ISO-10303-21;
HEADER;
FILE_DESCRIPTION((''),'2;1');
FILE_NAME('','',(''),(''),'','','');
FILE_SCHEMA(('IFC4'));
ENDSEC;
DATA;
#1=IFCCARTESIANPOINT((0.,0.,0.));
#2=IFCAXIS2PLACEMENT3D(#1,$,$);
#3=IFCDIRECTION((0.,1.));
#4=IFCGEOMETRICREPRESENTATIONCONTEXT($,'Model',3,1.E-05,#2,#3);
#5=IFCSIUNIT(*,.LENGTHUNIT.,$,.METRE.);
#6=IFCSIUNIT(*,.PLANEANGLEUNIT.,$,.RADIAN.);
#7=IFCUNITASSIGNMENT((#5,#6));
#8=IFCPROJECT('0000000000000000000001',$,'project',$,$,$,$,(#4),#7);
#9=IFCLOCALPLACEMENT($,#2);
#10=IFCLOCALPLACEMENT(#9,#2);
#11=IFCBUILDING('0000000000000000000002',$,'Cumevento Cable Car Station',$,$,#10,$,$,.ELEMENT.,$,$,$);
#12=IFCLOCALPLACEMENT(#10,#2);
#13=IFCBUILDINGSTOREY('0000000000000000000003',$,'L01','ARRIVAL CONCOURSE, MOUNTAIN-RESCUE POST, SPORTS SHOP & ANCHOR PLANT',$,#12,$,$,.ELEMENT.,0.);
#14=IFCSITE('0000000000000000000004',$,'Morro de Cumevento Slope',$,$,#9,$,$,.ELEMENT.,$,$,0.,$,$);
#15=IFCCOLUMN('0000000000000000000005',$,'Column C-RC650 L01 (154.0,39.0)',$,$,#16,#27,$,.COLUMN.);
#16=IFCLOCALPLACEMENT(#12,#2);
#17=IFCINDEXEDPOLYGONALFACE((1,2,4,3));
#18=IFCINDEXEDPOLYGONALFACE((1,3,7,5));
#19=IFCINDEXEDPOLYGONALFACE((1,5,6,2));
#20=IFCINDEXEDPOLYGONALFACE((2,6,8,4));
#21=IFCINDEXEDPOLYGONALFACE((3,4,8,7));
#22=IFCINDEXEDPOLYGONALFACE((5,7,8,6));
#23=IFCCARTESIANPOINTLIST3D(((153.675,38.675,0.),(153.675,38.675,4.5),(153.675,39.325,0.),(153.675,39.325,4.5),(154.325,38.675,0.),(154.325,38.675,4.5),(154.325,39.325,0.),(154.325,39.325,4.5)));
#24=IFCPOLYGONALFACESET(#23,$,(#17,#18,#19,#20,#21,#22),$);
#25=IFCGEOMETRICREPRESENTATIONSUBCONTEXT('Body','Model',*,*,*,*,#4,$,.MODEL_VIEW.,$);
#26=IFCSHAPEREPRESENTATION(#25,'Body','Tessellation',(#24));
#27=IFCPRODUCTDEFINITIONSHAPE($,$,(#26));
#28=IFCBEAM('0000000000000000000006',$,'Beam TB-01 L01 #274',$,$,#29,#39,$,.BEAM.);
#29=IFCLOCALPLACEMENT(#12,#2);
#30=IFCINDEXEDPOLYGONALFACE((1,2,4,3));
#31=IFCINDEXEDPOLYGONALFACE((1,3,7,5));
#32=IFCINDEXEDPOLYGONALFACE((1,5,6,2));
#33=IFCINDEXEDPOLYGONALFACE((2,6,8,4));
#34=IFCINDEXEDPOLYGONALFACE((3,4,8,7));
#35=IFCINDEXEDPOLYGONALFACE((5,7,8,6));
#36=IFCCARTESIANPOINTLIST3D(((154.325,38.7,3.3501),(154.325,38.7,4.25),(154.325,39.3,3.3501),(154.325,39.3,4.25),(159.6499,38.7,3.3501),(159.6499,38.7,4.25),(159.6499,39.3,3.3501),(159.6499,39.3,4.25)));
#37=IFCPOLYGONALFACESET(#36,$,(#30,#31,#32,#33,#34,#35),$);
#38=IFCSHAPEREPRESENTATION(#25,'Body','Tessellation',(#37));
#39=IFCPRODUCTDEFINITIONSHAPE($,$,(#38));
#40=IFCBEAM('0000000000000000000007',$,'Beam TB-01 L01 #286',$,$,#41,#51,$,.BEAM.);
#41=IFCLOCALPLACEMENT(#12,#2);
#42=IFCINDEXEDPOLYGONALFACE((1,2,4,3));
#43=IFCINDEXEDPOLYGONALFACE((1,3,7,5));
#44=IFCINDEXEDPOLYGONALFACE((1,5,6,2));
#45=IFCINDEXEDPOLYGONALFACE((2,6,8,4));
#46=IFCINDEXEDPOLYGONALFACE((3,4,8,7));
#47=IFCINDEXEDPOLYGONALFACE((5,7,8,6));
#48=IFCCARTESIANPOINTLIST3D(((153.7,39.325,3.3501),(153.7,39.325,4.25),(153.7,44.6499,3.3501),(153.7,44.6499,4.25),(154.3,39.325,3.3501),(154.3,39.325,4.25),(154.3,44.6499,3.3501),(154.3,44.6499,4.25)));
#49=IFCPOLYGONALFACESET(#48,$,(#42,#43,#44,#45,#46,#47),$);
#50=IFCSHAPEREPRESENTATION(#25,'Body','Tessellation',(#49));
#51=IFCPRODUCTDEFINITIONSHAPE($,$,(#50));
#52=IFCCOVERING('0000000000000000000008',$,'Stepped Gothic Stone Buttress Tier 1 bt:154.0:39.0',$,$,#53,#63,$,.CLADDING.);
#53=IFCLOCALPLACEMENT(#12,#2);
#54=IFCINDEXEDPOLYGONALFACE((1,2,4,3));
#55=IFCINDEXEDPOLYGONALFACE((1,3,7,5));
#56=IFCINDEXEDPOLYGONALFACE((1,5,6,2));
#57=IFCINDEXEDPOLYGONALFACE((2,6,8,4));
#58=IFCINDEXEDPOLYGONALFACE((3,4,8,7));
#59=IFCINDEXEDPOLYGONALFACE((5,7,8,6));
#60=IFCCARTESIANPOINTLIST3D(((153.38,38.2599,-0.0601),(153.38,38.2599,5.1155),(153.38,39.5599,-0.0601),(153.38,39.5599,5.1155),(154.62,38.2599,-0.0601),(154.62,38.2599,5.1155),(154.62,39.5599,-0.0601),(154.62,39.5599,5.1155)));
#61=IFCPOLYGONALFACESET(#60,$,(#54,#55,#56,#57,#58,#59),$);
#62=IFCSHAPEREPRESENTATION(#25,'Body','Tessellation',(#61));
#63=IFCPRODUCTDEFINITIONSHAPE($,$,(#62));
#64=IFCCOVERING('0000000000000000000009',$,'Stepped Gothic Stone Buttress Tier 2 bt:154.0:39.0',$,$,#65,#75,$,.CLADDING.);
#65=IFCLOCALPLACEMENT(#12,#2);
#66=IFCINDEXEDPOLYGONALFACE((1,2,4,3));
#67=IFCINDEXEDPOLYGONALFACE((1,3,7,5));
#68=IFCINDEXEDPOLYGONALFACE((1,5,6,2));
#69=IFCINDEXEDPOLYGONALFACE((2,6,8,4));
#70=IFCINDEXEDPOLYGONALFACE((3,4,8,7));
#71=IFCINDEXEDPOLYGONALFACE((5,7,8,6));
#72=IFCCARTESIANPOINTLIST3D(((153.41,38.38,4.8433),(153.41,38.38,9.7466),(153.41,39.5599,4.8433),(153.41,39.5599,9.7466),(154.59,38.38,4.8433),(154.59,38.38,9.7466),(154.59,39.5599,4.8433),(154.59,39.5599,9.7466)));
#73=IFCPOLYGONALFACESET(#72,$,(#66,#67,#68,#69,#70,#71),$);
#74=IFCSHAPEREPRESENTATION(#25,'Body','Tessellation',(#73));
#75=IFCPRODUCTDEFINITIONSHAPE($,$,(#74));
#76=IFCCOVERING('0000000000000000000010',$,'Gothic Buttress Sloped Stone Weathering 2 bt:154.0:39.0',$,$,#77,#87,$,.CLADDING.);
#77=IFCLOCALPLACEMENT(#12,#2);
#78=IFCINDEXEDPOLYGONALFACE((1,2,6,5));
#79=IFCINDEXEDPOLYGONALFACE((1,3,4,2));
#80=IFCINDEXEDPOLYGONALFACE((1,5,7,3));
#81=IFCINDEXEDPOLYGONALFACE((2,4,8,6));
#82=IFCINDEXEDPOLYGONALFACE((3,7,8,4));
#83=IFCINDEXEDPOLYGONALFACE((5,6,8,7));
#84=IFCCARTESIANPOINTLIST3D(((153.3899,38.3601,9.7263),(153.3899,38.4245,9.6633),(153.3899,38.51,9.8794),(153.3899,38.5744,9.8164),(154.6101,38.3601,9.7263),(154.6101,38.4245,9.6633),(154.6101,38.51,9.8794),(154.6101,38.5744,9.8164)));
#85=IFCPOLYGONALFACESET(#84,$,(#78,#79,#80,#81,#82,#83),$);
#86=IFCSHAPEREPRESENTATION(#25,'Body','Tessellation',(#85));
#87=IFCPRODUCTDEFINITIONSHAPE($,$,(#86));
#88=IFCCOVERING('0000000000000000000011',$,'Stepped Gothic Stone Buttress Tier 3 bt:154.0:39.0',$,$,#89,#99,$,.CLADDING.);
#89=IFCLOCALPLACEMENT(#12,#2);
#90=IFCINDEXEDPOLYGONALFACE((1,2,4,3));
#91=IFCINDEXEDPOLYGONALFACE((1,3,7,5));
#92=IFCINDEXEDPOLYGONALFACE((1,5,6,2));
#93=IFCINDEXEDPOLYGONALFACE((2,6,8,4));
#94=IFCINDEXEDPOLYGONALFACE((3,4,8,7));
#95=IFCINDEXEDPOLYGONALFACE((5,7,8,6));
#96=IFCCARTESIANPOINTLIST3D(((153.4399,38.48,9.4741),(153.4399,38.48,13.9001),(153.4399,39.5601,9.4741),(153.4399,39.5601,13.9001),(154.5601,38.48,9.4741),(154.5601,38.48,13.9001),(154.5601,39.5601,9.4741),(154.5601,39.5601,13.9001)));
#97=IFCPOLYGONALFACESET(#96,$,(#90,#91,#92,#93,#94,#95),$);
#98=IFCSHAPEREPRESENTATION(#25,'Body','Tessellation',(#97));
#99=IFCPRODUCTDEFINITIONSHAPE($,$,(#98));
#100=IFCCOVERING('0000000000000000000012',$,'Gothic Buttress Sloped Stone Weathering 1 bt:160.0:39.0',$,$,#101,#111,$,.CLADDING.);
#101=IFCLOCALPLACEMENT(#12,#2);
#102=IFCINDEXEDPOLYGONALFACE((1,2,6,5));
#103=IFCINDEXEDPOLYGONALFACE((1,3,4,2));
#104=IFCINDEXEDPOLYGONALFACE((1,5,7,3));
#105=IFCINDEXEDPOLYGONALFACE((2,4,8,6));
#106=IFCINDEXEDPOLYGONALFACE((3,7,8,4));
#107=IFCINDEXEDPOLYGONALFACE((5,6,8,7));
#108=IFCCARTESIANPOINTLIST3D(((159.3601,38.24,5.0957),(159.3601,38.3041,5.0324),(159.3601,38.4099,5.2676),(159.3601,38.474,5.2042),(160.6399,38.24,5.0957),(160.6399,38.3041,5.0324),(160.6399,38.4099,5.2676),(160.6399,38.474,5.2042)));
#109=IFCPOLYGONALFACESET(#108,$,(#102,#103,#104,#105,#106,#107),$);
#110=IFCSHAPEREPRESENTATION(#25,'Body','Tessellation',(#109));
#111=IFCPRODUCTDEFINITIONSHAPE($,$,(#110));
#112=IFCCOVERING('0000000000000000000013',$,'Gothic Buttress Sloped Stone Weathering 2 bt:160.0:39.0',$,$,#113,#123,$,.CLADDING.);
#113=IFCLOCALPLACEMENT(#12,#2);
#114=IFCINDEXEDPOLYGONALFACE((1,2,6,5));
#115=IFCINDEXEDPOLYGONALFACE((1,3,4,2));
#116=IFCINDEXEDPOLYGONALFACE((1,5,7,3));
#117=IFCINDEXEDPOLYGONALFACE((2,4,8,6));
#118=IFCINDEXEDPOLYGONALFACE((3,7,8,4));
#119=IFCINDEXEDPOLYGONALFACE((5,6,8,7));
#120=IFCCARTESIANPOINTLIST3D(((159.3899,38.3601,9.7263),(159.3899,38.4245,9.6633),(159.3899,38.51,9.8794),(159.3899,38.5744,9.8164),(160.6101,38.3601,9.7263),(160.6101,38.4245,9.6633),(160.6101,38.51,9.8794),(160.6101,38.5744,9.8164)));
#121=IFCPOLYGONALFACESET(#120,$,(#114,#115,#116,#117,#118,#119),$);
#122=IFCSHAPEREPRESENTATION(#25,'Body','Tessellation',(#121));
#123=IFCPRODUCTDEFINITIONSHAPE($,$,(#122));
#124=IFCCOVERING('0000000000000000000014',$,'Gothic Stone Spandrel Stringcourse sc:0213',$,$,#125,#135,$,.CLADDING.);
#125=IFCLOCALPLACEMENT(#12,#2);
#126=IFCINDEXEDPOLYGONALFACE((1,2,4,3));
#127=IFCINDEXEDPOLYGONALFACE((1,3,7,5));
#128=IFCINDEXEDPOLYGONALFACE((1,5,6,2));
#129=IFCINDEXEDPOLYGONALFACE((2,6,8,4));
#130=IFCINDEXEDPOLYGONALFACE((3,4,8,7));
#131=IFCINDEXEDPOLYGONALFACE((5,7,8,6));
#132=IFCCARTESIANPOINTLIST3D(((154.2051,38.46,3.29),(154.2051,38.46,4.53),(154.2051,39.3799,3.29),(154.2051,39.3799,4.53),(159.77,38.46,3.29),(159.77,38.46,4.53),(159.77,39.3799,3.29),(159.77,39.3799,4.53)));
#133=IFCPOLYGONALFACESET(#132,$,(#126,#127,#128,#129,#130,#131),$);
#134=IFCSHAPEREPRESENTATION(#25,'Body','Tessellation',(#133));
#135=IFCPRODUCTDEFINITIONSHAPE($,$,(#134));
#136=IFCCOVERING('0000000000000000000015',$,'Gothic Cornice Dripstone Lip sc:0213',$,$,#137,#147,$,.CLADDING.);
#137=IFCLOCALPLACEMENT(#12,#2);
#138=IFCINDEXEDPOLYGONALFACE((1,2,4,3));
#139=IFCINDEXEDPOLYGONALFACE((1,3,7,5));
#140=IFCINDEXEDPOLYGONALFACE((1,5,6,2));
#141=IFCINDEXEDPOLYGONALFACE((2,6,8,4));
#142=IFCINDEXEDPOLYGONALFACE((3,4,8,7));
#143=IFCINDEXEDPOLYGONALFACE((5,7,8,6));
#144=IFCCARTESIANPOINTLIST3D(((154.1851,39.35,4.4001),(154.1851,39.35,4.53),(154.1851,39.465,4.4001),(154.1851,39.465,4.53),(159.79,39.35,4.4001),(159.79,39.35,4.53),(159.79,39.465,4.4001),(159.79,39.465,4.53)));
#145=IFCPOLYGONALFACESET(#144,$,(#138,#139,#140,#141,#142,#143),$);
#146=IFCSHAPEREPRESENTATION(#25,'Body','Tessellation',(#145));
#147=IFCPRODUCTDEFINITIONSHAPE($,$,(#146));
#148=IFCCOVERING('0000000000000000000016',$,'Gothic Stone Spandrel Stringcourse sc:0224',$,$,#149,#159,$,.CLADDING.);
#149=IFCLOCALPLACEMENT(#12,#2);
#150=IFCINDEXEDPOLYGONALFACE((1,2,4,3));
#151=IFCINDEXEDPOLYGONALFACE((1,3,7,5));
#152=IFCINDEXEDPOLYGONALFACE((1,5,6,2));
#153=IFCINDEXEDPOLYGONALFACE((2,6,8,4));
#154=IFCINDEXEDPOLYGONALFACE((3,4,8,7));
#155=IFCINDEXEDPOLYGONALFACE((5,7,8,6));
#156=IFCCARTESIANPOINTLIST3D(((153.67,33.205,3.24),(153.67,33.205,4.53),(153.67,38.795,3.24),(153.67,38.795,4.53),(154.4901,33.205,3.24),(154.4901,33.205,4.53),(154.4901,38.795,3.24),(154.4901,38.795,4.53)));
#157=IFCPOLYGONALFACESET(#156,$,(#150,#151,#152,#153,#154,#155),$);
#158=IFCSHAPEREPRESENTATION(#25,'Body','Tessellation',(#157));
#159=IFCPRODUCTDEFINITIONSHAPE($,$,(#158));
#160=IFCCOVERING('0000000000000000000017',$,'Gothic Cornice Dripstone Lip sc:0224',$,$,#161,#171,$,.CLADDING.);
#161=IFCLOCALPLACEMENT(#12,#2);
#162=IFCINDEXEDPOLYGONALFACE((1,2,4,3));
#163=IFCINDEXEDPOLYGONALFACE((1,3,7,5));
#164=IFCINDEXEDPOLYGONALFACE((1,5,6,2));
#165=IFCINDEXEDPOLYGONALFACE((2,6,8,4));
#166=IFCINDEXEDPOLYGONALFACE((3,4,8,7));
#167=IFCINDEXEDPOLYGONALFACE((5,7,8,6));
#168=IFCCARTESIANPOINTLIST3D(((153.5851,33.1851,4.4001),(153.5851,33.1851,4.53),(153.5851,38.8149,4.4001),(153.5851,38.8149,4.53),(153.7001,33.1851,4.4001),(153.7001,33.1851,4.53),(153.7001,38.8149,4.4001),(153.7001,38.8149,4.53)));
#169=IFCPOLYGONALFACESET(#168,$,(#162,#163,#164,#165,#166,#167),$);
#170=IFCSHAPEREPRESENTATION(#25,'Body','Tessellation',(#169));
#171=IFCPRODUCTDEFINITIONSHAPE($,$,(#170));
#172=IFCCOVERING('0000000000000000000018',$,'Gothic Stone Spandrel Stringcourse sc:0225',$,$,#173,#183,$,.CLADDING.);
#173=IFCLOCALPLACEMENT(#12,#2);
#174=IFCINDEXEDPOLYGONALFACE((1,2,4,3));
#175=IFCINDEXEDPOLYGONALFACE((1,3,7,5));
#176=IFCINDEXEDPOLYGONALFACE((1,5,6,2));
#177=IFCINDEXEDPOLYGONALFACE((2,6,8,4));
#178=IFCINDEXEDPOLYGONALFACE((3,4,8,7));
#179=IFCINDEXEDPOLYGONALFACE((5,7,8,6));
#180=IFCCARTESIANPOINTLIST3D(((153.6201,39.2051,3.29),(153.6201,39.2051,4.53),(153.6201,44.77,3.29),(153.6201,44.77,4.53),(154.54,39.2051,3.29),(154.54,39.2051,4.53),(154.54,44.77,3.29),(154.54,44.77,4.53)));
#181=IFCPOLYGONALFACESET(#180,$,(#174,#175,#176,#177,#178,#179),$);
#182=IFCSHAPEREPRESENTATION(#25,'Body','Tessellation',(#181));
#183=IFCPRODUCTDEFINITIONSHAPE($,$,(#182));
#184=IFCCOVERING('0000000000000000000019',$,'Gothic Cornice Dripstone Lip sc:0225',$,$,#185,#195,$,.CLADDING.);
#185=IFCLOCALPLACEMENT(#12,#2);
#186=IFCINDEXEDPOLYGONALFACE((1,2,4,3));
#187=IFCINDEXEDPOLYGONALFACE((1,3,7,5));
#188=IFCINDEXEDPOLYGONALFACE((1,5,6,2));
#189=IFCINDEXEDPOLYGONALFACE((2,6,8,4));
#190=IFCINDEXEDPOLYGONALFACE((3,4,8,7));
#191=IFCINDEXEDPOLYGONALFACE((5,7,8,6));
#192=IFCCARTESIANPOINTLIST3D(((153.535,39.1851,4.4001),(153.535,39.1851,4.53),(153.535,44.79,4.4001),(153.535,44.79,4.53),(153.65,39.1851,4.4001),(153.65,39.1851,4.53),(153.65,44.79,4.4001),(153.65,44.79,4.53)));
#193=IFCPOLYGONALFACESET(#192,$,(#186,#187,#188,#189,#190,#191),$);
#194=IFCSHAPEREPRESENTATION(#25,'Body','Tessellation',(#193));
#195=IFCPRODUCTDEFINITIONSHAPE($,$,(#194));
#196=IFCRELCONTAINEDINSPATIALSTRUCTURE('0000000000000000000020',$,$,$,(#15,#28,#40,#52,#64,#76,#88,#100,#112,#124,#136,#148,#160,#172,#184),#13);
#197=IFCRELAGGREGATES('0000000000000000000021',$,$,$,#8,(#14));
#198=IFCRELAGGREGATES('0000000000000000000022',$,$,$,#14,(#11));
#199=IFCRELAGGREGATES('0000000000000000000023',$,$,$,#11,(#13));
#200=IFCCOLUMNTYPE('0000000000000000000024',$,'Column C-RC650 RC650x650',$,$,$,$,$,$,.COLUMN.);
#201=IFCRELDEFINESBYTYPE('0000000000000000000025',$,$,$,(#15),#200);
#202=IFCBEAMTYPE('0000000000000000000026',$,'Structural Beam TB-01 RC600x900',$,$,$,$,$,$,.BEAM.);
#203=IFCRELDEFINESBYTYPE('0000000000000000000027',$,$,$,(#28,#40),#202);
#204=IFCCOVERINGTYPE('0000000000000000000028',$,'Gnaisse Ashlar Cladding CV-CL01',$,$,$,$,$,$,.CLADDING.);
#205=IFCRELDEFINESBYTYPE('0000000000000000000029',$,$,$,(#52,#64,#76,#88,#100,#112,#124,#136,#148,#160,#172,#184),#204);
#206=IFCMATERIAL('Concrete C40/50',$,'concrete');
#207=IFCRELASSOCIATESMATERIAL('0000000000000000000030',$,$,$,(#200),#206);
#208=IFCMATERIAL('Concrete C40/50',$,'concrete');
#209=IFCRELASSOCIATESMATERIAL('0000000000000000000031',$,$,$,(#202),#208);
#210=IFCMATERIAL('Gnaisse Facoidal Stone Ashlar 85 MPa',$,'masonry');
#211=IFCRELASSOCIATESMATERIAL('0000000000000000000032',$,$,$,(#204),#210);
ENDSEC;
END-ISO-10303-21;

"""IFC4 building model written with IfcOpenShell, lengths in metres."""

from ifc_helpers import new_model, si_unit, direction, frame, origin, origin_2d, place, context, subcontext, project, spatial, polyline, rectangle, outline, extrude, material, material_profile, profile_set, type_object, element, save


model = new_model("IFC4")

# Units and contexts
model_context = context("Model", 3, precision=1e-05, world=origin(), true_north=direction((0.0, 1.0)))
body_context = subcontext(model_context, "Body", "Model", "MODEL_VIEW")
ifc_project = project(units=[si_unit("LENGTHUNIT", "METRE"), si_unit("PLANEANGLEUNIT", "RADIAN")], contexts=[model_context])

# Site, building, storey
site_placement = place(None, origin())
site = spatial("IfcSite", under=ifc_project, at=site_placement, Name="Morro de Cumevento Slope", CompositionType="ELEMENT", RefElevation=0.0)
building_placement = place(site_placement, origin())
building = spatial("IfcBuilding", under=site, at=building_placement, Name="Cumevento Cable Car Station", CompositionType="ELEMENT")
storey_placement = place(building_placement, origin())
storey = spatial("IfcBuildingStorey", under=building, at=storey_placement, Name="L01", Description="ARRIVAL CONCOURSE, MOUNTAIN-RESCUE POST, SPORTS SHOP & ANCHOR PLANT", CompositionType="ELEMENT", Elevation=0.0)

# Column
ifc_material_1 = material(Name="Concrete C40/50", Category="concrete")
ifc_material_profile_1 = material_profile(ifc_material_1, rectangle(XDim=0.6499, YDim=0.6499, at=origin_2d()), Name="RC650x650")
ifc_profile_set_1 = profile_set([ifc_material_profile_1], Name="Concrete C40/50")
column_type = type_object("IfcColumnType", Name="Column C-RC650 RC650x650", PredefinedType="COLUMN", material=ifc_profile_set_1)
column_placement = place(storey_placement, frame((154.0, 39.0, 0.0), z_axis=(0.0, 0.0, 1.0), x_axis=(1.0, 0.0, 0.0)))
element("IfcColumn", 1, at=column_placement, inside=storey, type_object=column_type, Name="Column C-RC650 L01 (154.0,39.0)", PredefinedType="COLUMN", context=body_context, shape_type="SweptSolid", body=[
    extrude(rectangle(XDim=0.6499, YDim=0.6499, at=origin_2d()), origin(), (0.0, 0.0, 1.0), 4.5),
])

# Beams
ifc_material_2 = material(Name="Concrete C40/50", Category="concrete")
ifc_material_profile_2 = material_profile(ifc_material_2, rectangle(XDim=0.6001, YDim=0.8999, at=origin_2d()), Name="RC600x900")
ifc_profile_set_2 = profile_set([ifc_material_profile_2], Name="Concrete C40/50")
beam_type = type_object("IfcBeamType", Name="Structural Beam TB-01 RC600x900", PredefinedType="BEAM", material=ifc_profile_set_2)
for number, where, z_axis, x_axis, name in (
    (2, (154.325, 39.0, 3.8), (1.0, 0.0, 0.0), (0.0, 1.0, 0.0), "Beam TB-01 L01 #274"),
    (3, (154.0, 39.325, 3.8), (0.0, 1.0, 0.0), (-1.0, 0.0, 0.0), "Beam TB-01 L01 #286"),
):
    element("IfcBeam", number, at=place(storey_placement, frame(where, z_axis=z_axis, x_axis=x_axis)), inside=storey, type_object=beam_type, Name=name, PredefinedType="BEAM", context=body_context, shape_type="SweptSolid", body=[
        extrude(rectangle(XDim=0.6001, YDim=0.8999, at=origin_2d()), origin(), (0.0, 0.0, 1.0), 5.325),
    ])

# Coverings
ifc_material_3 = material(Name="Gnaisse Facoidal Stone Ashlar 85 MPa", Category="masonry")
covering_type = type_object("IfcCoveringType", Name="Gnaisse Ashlar Cladding CV-CL01", PredefinedType="CLADDING", material=ifc_material_3)
covering_1_placement = place(storey_placement, frame((154.0, 38.9099, -0.0601), z_axis=(0.0, 0.0, 1.0), x_axis=(1.0, 0.0, 0.0)))
element("IfcCovering", 4, at=covering_1_placement, inside=storey, type_object=covering_type, Name="Stepped Gothic Stone Buttress Tier 1 bt:154.0:39.0", PredefinedType="CLADDING", context=body_context, shape_type="SweptSolid", body=[
    extrude(rectangle(XDim=1.24, YDim=1.3, at=origin_2d()), origin(), (0.0, 0.0, 1.0), 5.1755),
])
covering_2_placement = place(storey_placement, frame((154.0, 38.97, 4.8433), z_axis=(0.0, 0.0, 1.0), x_axis=(1.0, 0.0, 0.0)))
element("IfcCovering", 5, at=covering_2_placement, inside=storey, type_object=covering_type, Name="Stepped Gothic Stone Buttress Tier 2 bt:154.0:39.0", PredefinedType="CLADDING", context=body_context, shape_type="SweptSolid", body=[
    extrude(rectangle(XDim=1.1799, YDim=1.1799, at=origin_2d()), origin(), (0.0, 0.0, 1.0), 4.9033),
])
covering_3_placement = place(storey_placement, frame((153.3899, 38.3601, 9.7263), z_axis=(0.0, -0.714475, 0.699661), x_axis=(1.0, 0.0, 0.0)))
element("IfcCovering", 6, at=covering_3_placement, inside=storey, type_object=covering_type, Name="Gothic Buttress Sloped Stone Weathering 2 bt:154.0:39.0", PredefinedType="CLADDING", context=body_context, shape_type="SweptSolid", body=[
    extrude(outline(polyline([(0.0, 0.0), (1.2202, 0.0), (1.2202, 0.2142), (0.0, 0.2142), (0.0, 0.0)])), origin(), (0.0, 0.0, -1.0), 0.0901),
])
covering_4_placement = place(storey_placement, frame((154.0, 39.02, 9.4741), z_axis=(0.0, 0.0, 1.0), x_axis=(1.0, 0.0, 0.0)))
element("IfcCovering", 7, at=covering_4_placement, inside=storey, type_object=covering_type, Name="Stepped Gothic Stone Buttress Tier 3 bt:154.0:39.0", PredefinedType="CLADDING", context=body_context, shape_type="SweptSolid", body=[
    extrude(rectangle(XDim=1.1201, YDim=1.0801, at=origin_2d()), origin(), (0.0, 0.0, 1.0), 4.426),
])
covering_5_placement = place(storey_placement, frame((159.3601, 38.24, 5.0957), z_axis=(0.0, -0.711136, 0.703055), x_axis=(1.0, 0.0, 0.0)))
element("IfcCovering", 8, at=covering_5_placement, inside=storey, type_object=covering_type, Name="Gothic Buttress Sloped Stone Weathering 1 bt:160.0:39.0", PredefinedType="CLADDING", context=body_context, shape_type="SweptSolid", body=[
    extrude(outline(polyline([(0.0, 0.0), (1.2798, 0.0), (1.2798, 0.2417), (0.0, 0.2417), (0.0, 0.0)])), origin(), (0.0, 0.0, -1.0), 0.0901),
])
covering_6_placement = place(storey_placement, frame((159.3899, 38.3601, 9.7263), z_axis=(0.0, -0.714475, 0.699661), x_axis=(1.0, 0.0, 0.0)))
element("IfcCovering", 9, at=covering_6_placement, inside=storey, type_object=covering_type, Name="Gothic Buttress Sloped Stone Weathering 2 bt:160.0:39.0", PredefinedType="CLADDING", context=body_context, shape_type="SweptSolid", body=[
    extrude(outline(polyline([(0.0, 0.0), (1.2202, 0.0), (1.2202, 0.2142), (0.0, 0.2142), (0.0, 0.0)])), origin(), (0.0, 0.0, -1.0), 0.0901),
])
covering_7_placement = place(storey_placement, frame((156.9875, 38.9199, 3.29), z_axis=(0.0, 0.0, 1.0), x_axis=(1.0, 0.0, 0.0)))
element("IfcCovering", 10, at=covering_7_placement, inside=storey, type_object=covering_type, Name="Gothic Stone Spandrel Stringcourse sc:0213", PredefinedType="CLADDING", context=body_context, shape_type="SweptSolid", body=[
    extrude(rectangle(XDim=5.5649, YDim=0.9199, at=origin_2d()), origin(), (0.0, 0.0, 1.0), 1.24),
])
covering_8_placement = place(storey_placement, frame((156.9875, 39.4075, 4.4001), z_axis=(0.0, 0.0, 1.0), x_axis=(1.0, 0.0, 0.0)))
element("IfcCovering", 11, at=covering_8_placement, inside=storey, type_object=covering_type, Name="Gothic Cornice Dripstone Lip sc:0213", PredefinedType="CLADDING", context=body_context, shape_type="SweptSolid", body=[
    extrude(rectangle(XDim=5.605, YDim=0.115, at=origin_2d()), origin(), (0.0, 0.0, 1.0), 0.1299),
])
covering_9_placement = place(storey_placement, frame((154.0801, 36.0, 3.24), z_axis=(0.0, 0.0, 1.0), x_axis=(0.0, 1.0, 0.0)))
element("IfcCovering", 12, at=covering_9_placement, inside=storey, type_object=covering_type, Name="Gothic Stone Spandrel Stringcourse sc:0224", PredefinedType="CLADDING", context=body_context, shape_type="SweptSolid", body=[
    extrude(rectangle(XDim=5.5901, YDim=0.8201, at=origin_2d()), origin(), (0.0, 0.0, 1.0), 1.29),
])
covering_10_placement = place(storey_placement, frame((153.6426, 36.0, 4.4001), z_axis=(0.0, 0.0, 1.0), x_axis=(0.0, 1.0, 0.0)))
element("IfcCovering", 13, at=covering_10_placement, inside=storey, type_object=covering_type, Name="Gothic Cornice Dripstone Lip sc:0224", PredefinedType="CLADDING", context=body_context, shape_type="SweptSolid", body=[
    extrude(rectangle(XDim=5.6299, YDim=0.115, at=origin_2d()), origin(), (0.0, 0.0, 1.0), 0.1299),
])
covering_11_placement = place(storey_placement, frame((154.0801, 41.9875, 3.29), z_axis=(0.0, 0.0, 1.0), x_axis=(0.0, 1.0, 0.0)))
element("IfcCovering", 14, at=covering_11_placement, inside=storey, type_object=covering_type, Name="Gothic Stone Spandrel Stringcourse sc:0225", PredefinedType="CLADDING", context=body_context, shape_type="SweptSolid", body=[
    extrude(rectangle(XDim=5.5649, YDim=0.9199, at=origin_2d()), origin(), (0.0, 0.0, 1.0), 1.24),
])
covering_12_placement = place(storey_placement, frame((153.5925, 41.9875, 4.4001), z_axis=(0.0, 0.0, 1.0), x_axis=(0.0, 1.0, 0.0)))
element("IfcCovering", 15, at=covering_12_placement, inside=storey, type_object=covering_type, Name="Gothic Cornice Dripstone Lip sc:0225", PredefinedType="CLADDING", context=body_context, shape_type="SweptSolid", body=[
    extrude(rectangle(XDim=5.605, YDim=0.115, at=origin_2d()), origin(), (0.0, 0.0, 1.0), 0.1299),
])

save(model, "model.ifc")
